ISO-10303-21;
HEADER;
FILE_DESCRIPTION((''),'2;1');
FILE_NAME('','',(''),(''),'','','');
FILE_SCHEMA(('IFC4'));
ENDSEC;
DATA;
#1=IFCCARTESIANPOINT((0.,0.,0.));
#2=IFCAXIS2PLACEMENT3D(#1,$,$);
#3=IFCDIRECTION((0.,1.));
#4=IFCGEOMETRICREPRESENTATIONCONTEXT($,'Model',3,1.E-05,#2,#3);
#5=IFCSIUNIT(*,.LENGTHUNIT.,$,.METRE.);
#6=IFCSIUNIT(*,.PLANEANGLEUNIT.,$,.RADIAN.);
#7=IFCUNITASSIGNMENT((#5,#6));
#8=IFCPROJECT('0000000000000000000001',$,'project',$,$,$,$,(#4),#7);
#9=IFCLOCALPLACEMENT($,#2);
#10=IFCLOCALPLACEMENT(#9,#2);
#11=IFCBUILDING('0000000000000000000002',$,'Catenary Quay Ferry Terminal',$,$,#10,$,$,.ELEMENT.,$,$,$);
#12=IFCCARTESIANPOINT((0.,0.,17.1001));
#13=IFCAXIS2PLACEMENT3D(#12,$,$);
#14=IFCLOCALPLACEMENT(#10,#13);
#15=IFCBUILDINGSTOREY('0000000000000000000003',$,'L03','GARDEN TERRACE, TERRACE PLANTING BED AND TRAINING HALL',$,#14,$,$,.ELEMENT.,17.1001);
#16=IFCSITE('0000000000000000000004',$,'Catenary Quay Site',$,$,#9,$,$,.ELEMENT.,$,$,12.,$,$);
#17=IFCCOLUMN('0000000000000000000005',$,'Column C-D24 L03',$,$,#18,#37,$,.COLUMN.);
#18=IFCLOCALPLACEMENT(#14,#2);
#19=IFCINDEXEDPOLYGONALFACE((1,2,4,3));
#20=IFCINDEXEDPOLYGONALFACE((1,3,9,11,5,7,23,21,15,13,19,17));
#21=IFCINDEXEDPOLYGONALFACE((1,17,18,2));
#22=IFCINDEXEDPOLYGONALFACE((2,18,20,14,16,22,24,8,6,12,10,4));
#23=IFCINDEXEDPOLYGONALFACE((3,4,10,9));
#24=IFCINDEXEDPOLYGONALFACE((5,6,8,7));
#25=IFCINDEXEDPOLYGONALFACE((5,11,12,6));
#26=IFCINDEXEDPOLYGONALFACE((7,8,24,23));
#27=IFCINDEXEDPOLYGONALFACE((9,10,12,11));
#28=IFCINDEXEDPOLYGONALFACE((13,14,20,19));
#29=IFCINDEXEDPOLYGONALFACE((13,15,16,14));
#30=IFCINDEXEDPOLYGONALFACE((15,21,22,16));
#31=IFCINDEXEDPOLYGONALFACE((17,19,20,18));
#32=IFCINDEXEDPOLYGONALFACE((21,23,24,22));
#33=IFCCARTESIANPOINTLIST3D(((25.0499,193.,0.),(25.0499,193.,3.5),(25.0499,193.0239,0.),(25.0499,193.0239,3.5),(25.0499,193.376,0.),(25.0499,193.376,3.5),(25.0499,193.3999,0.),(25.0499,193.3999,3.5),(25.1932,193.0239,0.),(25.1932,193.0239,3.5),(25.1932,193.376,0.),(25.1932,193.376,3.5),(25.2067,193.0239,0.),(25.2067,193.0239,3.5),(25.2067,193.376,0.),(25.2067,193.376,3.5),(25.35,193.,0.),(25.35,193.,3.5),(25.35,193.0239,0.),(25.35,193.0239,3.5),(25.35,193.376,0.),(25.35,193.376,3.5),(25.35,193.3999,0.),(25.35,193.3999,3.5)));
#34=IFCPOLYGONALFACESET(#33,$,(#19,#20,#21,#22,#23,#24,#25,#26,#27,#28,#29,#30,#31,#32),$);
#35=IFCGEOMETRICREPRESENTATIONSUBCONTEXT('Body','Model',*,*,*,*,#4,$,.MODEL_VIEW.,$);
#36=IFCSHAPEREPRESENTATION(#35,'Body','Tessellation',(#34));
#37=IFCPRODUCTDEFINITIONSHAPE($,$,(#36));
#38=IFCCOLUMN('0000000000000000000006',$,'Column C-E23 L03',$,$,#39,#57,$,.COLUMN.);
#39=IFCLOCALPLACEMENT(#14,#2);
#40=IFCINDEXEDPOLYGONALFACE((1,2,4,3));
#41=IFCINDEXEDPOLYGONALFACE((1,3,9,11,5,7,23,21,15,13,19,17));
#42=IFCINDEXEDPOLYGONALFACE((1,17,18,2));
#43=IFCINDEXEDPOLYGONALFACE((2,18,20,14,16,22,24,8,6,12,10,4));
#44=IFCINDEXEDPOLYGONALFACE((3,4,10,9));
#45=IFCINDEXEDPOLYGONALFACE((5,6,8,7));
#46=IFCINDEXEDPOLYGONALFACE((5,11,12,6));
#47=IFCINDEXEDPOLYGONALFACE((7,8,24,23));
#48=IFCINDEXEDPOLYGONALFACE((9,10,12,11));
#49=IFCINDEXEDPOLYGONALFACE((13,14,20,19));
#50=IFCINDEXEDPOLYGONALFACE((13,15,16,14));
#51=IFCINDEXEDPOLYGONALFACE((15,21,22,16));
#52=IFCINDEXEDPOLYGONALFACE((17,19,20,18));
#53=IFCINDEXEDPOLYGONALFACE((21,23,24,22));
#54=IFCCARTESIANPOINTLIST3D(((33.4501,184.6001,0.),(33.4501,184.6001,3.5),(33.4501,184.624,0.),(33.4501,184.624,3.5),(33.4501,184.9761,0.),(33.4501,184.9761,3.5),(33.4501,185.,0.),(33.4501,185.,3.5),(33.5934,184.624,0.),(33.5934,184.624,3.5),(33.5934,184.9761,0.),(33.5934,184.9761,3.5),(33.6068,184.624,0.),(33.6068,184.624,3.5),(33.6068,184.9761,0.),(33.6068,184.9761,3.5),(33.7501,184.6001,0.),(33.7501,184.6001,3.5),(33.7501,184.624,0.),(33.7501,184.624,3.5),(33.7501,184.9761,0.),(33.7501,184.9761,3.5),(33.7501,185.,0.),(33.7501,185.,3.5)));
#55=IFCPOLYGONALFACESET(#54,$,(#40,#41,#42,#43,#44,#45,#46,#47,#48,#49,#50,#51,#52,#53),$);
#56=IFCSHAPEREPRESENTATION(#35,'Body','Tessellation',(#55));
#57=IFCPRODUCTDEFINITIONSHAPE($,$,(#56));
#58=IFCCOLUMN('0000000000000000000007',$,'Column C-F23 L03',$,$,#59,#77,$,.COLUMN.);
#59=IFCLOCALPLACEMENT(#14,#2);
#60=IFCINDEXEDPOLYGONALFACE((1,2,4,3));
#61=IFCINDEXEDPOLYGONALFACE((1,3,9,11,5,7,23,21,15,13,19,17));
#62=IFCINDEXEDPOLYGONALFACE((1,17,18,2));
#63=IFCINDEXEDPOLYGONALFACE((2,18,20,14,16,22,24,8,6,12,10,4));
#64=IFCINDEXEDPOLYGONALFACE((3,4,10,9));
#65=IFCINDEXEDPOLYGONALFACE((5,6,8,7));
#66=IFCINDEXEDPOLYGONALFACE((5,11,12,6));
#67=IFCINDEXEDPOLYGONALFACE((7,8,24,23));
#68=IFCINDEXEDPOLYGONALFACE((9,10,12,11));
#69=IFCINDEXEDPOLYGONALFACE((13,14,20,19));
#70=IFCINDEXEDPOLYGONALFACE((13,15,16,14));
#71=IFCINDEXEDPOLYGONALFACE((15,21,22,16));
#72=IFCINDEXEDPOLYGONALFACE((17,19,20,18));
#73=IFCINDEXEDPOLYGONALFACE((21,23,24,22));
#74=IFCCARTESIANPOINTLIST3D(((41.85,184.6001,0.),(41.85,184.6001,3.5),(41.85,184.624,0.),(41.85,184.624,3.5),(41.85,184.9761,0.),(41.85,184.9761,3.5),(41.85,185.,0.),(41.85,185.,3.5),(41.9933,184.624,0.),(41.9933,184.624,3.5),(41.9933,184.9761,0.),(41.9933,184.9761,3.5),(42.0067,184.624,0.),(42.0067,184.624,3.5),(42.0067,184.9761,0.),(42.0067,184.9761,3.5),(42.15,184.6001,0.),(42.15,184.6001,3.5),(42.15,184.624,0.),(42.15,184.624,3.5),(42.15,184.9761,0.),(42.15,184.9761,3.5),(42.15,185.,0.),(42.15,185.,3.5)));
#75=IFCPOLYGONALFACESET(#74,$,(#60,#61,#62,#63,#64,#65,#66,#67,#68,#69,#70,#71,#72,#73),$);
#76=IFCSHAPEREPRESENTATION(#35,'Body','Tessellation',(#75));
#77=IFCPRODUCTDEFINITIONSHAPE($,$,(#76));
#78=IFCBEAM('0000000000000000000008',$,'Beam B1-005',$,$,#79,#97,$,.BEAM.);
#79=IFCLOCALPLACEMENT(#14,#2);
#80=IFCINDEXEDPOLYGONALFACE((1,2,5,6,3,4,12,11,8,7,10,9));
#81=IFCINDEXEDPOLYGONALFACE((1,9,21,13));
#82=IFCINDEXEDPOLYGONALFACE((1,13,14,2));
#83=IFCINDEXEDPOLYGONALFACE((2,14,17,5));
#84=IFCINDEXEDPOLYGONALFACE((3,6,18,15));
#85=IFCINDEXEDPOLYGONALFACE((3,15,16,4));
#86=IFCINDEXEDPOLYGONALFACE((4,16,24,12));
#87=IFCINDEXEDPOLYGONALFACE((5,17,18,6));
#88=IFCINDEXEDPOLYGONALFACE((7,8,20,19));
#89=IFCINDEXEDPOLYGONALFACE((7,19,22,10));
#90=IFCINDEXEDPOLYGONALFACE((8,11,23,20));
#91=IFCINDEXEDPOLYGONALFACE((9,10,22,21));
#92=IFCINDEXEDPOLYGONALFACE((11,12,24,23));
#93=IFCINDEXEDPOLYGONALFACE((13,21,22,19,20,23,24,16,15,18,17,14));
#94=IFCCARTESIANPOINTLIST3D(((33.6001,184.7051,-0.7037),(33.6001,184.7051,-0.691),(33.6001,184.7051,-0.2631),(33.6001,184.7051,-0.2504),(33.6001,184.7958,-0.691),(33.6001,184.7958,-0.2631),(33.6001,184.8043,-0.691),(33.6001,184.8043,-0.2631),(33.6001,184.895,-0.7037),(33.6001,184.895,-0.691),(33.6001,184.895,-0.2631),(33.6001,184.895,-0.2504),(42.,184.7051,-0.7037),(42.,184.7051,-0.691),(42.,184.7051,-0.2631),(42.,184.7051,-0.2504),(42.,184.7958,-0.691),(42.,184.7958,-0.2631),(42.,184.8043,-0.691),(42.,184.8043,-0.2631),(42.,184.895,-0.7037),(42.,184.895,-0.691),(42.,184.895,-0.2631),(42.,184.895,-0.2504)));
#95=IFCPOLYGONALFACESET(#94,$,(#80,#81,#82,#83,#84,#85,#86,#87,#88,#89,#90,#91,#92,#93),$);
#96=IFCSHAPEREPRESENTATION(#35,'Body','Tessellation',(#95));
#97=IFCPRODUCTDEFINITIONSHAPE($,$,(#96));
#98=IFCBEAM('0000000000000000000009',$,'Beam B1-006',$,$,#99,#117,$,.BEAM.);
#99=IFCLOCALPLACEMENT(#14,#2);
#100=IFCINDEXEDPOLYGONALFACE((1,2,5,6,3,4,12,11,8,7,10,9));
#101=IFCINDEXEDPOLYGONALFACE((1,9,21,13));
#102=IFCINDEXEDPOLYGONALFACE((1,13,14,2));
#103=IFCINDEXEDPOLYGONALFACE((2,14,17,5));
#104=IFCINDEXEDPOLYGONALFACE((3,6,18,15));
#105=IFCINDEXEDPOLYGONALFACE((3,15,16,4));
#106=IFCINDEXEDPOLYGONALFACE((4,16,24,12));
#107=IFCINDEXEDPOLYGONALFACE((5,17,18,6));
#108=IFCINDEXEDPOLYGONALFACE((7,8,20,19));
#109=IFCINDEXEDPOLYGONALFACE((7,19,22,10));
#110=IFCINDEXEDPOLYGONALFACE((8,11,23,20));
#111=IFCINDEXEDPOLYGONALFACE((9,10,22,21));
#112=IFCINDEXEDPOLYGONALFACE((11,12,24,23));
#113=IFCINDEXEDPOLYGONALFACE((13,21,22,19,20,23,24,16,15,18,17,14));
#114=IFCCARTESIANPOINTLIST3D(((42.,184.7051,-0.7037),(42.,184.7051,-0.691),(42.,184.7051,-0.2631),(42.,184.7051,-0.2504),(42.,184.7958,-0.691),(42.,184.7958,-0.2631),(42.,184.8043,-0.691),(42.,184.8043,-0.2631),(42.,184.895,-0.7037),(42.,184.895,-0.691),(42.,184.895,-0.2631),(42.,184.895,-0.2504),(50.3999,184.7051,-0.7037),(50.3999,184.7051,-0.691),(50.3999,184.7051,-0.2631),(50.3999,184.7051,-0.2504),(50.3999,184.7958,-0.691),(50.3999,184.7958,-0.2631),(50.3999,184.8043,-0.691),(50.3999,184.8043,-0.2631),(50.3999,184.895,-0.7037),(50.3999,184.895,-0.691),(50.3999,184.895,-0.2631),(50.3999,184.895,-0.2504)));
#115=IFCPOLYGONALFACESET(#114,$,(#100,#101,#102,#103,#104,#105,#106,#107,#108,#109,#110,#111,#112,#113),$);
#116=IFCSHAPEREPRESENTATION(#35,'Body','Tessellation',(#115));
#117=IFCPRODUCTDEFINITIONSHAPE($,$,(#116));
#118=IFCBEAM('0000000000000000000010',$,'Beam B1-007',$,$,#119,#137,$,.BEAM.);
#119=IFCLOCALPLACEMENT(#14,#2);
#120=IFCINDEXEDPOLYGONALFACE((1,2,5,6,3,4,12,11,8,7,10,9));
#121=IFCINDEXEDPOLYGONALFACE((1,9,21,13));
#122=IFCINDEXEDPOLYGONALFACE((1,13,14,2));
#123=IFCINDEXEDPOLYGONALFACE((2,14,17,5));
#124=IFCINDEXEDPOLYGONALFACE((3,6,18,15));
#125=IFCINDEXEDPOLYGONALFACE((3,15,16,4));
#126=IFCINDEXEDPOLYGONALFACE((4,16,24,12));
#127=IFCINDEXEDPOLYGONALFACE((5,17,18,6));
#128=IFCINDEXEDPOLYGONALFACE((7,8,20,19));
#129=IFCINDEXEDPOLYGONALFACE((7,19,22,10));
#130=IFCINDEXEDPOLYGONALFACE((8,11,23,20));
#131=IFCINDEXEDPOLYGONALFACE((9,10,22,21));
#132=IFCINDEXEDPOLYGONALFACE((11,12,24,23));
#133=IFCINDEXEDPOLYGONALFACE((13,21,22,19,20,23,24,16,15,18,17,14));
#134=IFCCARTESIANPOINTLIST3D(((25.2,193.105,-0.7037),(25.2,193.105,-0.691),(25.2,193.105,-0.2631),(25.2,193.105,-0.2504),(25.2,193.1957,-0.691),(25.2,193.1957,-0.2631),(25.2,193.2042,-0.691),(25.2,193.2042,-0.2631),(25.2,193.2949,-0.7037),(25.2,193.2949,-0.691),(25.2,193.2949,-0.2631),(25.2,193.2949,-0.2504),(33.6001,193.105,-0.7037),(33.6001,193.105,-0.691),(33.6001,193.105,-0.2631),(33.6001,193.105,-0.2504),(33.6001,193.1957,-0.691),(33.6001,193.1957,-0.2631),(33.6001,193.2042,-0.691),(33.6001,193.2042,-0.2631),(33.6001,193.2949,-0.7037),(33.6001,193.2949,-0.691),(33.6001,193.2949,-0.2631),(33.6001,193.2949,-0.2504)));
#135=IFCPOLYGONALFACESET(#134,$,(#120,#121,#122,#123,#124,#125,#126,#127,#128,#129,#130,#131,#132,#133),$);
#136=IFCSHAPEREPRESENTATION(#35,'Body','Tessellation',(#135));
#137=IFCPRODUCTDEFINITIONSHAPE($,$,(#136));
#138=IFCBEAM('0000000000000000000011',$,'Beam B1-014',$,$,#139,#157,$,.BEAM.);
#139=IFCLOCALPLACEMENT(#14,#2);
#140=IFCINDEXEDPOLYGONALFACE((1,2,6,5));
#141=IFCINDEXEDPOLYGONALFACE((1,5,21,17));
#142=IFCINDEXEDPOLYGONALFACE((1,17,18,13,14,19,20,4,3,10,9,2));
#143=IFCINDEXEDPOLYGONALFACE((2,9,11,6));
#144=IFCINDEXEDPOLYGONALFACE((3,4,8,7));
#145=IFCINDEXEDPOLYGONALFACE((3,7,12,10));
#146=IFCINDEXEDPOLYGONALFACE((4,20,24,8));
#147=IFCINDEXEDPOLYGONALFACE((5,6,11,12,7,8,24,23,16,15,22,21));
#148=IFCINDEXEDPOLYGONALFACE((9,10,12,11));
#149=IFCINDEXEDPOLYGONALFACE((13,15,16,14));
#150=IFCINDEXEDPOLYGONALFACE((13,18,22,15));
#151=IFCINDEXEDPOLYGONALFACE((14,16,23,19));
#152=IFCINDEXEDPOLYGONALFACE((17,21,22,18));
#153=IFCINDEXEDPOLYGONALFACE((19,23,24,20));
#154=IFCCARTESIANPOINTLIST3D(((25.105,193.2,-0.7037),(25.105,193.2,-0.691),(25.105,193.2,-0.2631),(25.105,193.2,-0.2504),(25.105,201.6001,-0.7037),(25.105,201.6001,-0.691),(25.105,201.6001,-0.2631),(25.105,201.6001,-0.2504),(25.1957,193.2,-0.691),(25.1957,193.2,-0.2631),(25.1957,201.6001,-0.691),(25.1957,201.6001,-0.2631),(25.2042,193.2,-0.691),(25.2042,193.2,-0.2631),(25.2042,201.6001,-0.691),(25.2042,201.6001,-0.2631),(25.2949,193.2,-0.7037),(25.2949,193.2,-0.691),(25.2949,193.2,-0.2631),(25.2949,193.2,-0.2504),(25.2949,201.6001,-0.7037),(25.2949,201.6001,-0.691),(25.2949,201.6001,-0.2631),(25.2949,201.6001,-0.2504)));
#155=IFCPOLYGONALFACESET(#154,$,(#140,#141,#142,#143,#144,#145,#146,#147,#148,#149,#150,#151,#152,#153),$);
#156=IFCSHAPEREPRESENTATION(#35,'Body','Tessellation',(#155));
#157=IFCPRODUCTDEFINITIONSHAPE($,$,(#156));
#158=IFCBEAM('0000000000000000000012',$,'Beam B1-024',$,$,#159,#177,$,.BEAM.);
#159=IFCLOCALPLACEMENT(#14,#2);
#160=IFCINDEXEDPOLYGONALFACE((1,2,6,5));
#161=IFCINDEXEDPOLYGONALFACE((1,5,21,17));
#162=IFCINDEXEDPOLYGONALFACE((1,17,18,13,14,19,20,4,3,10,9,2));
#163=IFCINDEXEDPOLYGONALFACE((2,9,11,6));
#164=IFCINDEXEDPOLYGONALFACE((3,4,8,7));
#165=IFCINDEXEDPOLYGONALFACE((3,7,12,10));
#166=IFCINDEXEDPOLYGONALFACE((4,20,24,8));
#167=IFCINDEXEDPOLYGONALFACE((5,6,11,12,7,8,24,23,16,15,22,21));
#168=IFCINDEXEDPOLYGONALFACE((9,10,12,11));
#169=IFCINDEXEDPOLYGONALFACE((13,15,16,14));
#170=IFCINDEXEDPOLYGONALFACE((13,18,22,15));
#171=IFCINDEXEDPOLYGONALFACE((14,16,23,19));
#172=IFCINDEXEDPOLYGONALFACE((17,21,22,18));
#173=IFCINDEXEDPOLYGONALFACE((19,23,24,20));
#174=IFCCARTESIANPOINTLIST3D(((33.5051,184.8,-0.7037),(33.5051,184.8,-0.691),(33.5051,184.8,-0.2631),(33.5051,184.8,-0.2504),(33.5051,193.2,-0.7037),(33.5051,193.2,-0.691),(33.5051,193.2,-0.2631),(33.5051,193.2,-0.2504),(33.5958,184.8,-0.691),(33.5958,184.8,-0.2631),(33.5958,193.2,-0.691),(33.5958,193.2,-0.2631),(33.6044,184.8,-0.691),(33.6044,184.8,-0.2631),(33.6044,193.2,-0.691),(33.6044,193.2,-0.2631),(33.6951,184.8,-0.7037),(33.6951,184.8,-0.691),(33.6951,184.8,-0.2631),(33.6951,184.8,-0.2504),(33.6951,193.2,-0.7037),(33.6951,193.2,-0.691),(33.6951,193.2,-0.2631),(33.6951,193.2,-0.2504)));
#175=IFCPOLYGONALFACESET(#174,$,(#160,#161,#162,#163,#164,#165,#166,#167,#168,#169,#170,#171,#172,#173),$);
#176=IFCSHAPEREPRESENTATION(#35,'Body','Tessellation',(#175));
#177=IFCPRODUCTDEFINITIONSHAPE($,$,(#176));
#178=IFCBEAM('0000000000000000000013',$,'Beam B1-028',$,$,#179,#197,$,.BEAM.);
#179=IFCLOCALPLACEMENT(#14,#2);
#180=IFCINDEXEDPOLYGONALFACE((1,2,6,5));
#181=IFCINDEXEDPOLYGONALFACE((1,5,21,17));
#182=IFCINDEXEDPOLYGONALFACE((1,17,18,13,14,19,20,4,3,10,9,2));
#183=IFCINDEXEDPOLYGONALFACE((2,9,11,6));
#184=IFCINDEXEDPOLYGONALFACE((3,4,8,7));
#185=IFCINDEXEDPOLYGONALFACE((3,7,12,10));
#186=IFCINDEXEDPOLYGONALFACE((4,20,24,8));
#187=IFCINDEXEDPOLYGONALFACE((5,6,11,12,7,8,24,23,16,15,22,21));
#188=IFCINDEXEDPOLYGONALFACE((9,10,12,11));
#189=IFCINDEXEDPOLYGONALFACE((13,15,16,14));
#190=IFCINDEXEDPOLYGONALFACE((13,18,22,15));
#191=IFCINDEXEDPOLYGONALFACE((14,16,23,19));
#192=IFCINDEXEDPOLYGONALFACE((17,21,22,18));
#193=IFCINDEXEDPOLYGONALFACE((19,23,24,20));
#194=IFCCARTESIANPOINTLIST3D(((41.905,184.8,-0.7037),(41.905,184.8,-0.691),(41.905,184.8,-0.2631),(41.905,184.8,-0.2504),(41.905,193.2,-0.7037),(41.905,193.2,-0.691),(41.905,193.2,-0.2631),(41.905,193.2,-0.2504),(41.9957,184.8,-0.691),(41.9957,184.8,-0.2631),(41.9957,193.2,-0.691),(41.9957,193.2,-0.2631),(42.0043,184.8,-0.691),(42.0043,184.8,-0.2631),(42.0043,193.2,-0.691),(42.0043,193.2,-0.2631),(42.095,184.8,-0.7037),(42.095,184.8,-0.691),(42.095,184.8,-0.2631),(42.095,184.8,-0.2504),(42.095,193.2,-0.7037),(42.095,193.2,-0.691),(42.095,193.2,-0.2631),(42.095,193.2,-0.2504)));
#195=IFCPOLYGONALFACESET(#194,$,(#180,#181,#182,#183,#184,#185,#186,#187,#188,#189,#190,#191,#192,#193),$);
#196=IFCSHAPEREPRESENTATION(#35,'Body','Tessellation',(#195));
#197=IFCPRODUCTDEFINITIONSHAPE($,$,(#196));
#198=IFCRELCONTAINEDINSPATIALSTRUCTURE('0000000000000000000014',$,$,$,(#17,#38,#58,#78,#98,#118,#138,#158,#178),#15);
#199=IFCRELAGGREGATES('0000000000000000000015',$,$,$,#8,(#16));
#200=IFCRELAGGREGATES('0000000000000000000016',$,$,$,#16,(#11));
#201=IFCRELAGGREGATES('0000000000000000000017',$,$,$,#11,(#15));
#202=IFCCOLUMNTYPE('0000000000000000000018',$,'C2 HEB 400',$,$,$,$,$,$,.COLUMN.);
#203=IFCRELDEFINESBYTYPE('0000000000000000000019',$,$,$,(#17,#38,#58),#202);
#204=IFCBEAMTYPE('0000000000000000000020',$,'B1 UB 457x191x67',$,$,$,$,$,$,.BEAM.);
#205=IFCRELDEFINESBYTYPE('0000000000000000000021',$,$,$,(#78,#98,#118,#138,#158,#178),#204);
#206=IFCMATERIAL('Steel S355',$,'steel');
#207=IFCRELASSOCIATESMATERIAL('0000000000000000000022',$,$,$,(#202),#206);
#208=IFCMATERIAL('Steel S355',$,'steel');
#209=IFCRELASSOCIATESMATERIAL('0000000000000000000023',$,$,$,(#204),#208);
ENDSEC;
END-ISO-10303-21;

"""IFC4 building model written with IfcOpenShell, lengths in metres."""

from ifc_helpers import new_model, si_unit, direction, frame, origin, origin_2d, place, context, subcontext, project, spatial, i_section, extrude, material, material_profile, profile_set, type_object, element, save


model = new_model("IFC4")

# Units and contexts
model_context = context("Model", 3, precision=1e-05, world=origin(), true_north=direction((0.0, 1.0)))
body_context = subcontext(model_context, "Body", "Model", "MODEL_VIEW")
ifc_project = project(units=[si_unit("LENGTHUNIT", "METRE"), si_unit("PLANEANGLEUNIT", "RADIAN")], contexts=[model_context])

# Site, building, storey
site_placement = place(None, origin())
site = spatial("IfcSite", under=ifc_project, at=site_placement, Name="Catenary Quay Site", CompositionType="ELEMENT", RefElevation=12.0)
building_placement = place(site_placement, origin())
building = spatial("IfcBuilding", under=site, at=building_placement, Name="Catenary Quay Ferry Terminal", CompositionType="ELEMENT")
storey_placement = place(building_placement, frame((0.0, 0.0, 17.1001)))
storey = spatial("IfcBuildingStorey", under=building, at=storey_placement, Name="L03", Description="GARDEN TERRACE, TERRACE PLANTING BED AND TRAINING HALL", CompositionType="ELEMENT", Elevation=17.1001)

# Columns
ifc_material_1 = material(Name="Steel S355", Category="steel")
ifc_material_profile_1 = material_profile(ifc_material_1, i_section(OverallWidth=0.3, OverallDepth=0.3999, WebThickness=0.0134, FlangeThickness=0.0239, at=origin_2d()), Name="HEB 400")
ifc_profile_set_1 = profile_set([ifc_material_profile_1], Name="Steel S355")
column_type = type_object("IfcColumnType", Name="C2 HEB 400", PredefinedType="COLUMN", material=ifc_profile_set_1)
for number, where, z_axis, x_axis, name in (
    (1, (25.2, 193.2, 0.0), (0.0, 0.0, 1.0), (1.0, 0.0, 0.0), "Column C-D24 L03"),
    (2, (33.6001, 184.8, 0.0), (0.0, 0.0, 1.0), (1.0, 0.0, 0.0), "Column C-E23 L03"),
    (3, (42.0, 184.8, 0.0), (0.0, 0.0, 1.0), (1.0, 0.0, 0.0), "Column C-F23 L03"),
):
    element("IfcColumn", number, at=place(storey_placement, frame(where, z_axis=z_axis, x_axis=x_axis)), inside=storey, type_object=column_type, Name=name, PredefinedType="COLUMN", context=body_context, shape_type="SweptSolid", body=[
        extrude(i_section(OverallWidth=0.3, OverallDepth=0.3999, WebThickness=0.0134, FlangeThickness=0.0239, at=origin_2d()), origin(), (0.0, 0.0, 1.0), 3.5),
    ])

# Beams
ifc_material_2 = material(Name="Steel S355", Category="steel")
ifc_material_profile_2 = material_profile(ifc_material_2, i_section(OverallWidth=0.1899, OverallDepth=0.4534, WebThickness=0.0085, FlangeThickness=0.0127, at=origin_2d()), Name="UB 457x191x67")
ifc_profile_set_2 = profile_set([ifc_material_profile_2], Name="Steel S355")
beam_type_1 = type_object("IfcBeamType", Name="B1 UB 457x191x67", PredefinedType="BEAM", material=ifc_profile_set_2)
for number, where, z_axis, x_axis, name in (
    (4, (33.6001, 184.8, -0.4771), (1.0, 0.0, 0.0), (0.0, 1.0, 0.0), "Beam B1-005"),
    (5, (42.0, 184.8, -0.4771), (1.0, 0.0, 0.0), (0.0, 1.0, 0.0), "Beam B1-006"),
):
    element("IfcBeam", number, at=place(storey_placement, frame(where, z_axis=z_axis, x_axis=x_axis)), inside=storey, type_object=beam_type_1, Name=name, PredefinedType="BEAM", context=body_context, shape_type="SweptSolid", body=[
        extrude(i_section(OverallWidth=0.1899, OverallDepth=0.4534, WebThickness=0.0085, FlangeThickness=0.0127, at=origin_2d()), origin(), (0.0, 0.0, 1.0), 8.3999),
    ])
for number, where, z_axis, x_axis, name in (
    (6, (25.2, 193.2, -0.4771), (1.0, 0.0, 0.0), (0.0, 1.0, 0.0), "Beam B1-007"),
    (7, (25.2, 193.2, -0.4771), (0.0, 1.0, 0.0), (-1.0, 0.0, 0.0), "Beam B1-014"),
):
    element("IfcBeam", number, at=place(storey_placement, frame(where, z_axis=z_axis, x_axis=x_axis)), inside=storey, type_object=beam_type_1, Name=name, PredefinedType="BEAM", context=body_context, shape_type="SweptSolid", body=[
        extrude(i_section(OverallWidth=0.1899, OverallDepth=0.4534, WebThickness=0.0085, FlangeThickness=0.0127, at=origin_2d()), origin(), (0.0, 0.0, 1.0), 8.4001),
    ])
for number, where, z_axis, x_axis, name in (
    (8, (33.6001, 184.8, -0.4771), (0.0, 1.0, 0.0), (-1.0, 0.0, 0.0), "Beam B1-024"),
    (9, (42.0, 184.8, -0.4771), (0.0, 1.0, 0.0), (-1.0, 0.0, 0.0), "Beam B1-028"),
):
    element("IfcBeam", number, at=place(storey_placement, frame(where, z_axis=z_axis, x_axis=x_axis)), inside=storey, type_object=beam_type_1, Name=name, PredefinedType="BEAM", context=body_context, shape_type="SweptSolid", body=[
        extrude(i_section(OverallWidth=0.1899, OverallDepth=0.4534, WebThickness=0.0085, FlangeThickness=0.0127, at=origin_2d()), origin(), (0.0, 0.0, 1.0), 8.3999),
    ])

save(model, "model.ifc")
